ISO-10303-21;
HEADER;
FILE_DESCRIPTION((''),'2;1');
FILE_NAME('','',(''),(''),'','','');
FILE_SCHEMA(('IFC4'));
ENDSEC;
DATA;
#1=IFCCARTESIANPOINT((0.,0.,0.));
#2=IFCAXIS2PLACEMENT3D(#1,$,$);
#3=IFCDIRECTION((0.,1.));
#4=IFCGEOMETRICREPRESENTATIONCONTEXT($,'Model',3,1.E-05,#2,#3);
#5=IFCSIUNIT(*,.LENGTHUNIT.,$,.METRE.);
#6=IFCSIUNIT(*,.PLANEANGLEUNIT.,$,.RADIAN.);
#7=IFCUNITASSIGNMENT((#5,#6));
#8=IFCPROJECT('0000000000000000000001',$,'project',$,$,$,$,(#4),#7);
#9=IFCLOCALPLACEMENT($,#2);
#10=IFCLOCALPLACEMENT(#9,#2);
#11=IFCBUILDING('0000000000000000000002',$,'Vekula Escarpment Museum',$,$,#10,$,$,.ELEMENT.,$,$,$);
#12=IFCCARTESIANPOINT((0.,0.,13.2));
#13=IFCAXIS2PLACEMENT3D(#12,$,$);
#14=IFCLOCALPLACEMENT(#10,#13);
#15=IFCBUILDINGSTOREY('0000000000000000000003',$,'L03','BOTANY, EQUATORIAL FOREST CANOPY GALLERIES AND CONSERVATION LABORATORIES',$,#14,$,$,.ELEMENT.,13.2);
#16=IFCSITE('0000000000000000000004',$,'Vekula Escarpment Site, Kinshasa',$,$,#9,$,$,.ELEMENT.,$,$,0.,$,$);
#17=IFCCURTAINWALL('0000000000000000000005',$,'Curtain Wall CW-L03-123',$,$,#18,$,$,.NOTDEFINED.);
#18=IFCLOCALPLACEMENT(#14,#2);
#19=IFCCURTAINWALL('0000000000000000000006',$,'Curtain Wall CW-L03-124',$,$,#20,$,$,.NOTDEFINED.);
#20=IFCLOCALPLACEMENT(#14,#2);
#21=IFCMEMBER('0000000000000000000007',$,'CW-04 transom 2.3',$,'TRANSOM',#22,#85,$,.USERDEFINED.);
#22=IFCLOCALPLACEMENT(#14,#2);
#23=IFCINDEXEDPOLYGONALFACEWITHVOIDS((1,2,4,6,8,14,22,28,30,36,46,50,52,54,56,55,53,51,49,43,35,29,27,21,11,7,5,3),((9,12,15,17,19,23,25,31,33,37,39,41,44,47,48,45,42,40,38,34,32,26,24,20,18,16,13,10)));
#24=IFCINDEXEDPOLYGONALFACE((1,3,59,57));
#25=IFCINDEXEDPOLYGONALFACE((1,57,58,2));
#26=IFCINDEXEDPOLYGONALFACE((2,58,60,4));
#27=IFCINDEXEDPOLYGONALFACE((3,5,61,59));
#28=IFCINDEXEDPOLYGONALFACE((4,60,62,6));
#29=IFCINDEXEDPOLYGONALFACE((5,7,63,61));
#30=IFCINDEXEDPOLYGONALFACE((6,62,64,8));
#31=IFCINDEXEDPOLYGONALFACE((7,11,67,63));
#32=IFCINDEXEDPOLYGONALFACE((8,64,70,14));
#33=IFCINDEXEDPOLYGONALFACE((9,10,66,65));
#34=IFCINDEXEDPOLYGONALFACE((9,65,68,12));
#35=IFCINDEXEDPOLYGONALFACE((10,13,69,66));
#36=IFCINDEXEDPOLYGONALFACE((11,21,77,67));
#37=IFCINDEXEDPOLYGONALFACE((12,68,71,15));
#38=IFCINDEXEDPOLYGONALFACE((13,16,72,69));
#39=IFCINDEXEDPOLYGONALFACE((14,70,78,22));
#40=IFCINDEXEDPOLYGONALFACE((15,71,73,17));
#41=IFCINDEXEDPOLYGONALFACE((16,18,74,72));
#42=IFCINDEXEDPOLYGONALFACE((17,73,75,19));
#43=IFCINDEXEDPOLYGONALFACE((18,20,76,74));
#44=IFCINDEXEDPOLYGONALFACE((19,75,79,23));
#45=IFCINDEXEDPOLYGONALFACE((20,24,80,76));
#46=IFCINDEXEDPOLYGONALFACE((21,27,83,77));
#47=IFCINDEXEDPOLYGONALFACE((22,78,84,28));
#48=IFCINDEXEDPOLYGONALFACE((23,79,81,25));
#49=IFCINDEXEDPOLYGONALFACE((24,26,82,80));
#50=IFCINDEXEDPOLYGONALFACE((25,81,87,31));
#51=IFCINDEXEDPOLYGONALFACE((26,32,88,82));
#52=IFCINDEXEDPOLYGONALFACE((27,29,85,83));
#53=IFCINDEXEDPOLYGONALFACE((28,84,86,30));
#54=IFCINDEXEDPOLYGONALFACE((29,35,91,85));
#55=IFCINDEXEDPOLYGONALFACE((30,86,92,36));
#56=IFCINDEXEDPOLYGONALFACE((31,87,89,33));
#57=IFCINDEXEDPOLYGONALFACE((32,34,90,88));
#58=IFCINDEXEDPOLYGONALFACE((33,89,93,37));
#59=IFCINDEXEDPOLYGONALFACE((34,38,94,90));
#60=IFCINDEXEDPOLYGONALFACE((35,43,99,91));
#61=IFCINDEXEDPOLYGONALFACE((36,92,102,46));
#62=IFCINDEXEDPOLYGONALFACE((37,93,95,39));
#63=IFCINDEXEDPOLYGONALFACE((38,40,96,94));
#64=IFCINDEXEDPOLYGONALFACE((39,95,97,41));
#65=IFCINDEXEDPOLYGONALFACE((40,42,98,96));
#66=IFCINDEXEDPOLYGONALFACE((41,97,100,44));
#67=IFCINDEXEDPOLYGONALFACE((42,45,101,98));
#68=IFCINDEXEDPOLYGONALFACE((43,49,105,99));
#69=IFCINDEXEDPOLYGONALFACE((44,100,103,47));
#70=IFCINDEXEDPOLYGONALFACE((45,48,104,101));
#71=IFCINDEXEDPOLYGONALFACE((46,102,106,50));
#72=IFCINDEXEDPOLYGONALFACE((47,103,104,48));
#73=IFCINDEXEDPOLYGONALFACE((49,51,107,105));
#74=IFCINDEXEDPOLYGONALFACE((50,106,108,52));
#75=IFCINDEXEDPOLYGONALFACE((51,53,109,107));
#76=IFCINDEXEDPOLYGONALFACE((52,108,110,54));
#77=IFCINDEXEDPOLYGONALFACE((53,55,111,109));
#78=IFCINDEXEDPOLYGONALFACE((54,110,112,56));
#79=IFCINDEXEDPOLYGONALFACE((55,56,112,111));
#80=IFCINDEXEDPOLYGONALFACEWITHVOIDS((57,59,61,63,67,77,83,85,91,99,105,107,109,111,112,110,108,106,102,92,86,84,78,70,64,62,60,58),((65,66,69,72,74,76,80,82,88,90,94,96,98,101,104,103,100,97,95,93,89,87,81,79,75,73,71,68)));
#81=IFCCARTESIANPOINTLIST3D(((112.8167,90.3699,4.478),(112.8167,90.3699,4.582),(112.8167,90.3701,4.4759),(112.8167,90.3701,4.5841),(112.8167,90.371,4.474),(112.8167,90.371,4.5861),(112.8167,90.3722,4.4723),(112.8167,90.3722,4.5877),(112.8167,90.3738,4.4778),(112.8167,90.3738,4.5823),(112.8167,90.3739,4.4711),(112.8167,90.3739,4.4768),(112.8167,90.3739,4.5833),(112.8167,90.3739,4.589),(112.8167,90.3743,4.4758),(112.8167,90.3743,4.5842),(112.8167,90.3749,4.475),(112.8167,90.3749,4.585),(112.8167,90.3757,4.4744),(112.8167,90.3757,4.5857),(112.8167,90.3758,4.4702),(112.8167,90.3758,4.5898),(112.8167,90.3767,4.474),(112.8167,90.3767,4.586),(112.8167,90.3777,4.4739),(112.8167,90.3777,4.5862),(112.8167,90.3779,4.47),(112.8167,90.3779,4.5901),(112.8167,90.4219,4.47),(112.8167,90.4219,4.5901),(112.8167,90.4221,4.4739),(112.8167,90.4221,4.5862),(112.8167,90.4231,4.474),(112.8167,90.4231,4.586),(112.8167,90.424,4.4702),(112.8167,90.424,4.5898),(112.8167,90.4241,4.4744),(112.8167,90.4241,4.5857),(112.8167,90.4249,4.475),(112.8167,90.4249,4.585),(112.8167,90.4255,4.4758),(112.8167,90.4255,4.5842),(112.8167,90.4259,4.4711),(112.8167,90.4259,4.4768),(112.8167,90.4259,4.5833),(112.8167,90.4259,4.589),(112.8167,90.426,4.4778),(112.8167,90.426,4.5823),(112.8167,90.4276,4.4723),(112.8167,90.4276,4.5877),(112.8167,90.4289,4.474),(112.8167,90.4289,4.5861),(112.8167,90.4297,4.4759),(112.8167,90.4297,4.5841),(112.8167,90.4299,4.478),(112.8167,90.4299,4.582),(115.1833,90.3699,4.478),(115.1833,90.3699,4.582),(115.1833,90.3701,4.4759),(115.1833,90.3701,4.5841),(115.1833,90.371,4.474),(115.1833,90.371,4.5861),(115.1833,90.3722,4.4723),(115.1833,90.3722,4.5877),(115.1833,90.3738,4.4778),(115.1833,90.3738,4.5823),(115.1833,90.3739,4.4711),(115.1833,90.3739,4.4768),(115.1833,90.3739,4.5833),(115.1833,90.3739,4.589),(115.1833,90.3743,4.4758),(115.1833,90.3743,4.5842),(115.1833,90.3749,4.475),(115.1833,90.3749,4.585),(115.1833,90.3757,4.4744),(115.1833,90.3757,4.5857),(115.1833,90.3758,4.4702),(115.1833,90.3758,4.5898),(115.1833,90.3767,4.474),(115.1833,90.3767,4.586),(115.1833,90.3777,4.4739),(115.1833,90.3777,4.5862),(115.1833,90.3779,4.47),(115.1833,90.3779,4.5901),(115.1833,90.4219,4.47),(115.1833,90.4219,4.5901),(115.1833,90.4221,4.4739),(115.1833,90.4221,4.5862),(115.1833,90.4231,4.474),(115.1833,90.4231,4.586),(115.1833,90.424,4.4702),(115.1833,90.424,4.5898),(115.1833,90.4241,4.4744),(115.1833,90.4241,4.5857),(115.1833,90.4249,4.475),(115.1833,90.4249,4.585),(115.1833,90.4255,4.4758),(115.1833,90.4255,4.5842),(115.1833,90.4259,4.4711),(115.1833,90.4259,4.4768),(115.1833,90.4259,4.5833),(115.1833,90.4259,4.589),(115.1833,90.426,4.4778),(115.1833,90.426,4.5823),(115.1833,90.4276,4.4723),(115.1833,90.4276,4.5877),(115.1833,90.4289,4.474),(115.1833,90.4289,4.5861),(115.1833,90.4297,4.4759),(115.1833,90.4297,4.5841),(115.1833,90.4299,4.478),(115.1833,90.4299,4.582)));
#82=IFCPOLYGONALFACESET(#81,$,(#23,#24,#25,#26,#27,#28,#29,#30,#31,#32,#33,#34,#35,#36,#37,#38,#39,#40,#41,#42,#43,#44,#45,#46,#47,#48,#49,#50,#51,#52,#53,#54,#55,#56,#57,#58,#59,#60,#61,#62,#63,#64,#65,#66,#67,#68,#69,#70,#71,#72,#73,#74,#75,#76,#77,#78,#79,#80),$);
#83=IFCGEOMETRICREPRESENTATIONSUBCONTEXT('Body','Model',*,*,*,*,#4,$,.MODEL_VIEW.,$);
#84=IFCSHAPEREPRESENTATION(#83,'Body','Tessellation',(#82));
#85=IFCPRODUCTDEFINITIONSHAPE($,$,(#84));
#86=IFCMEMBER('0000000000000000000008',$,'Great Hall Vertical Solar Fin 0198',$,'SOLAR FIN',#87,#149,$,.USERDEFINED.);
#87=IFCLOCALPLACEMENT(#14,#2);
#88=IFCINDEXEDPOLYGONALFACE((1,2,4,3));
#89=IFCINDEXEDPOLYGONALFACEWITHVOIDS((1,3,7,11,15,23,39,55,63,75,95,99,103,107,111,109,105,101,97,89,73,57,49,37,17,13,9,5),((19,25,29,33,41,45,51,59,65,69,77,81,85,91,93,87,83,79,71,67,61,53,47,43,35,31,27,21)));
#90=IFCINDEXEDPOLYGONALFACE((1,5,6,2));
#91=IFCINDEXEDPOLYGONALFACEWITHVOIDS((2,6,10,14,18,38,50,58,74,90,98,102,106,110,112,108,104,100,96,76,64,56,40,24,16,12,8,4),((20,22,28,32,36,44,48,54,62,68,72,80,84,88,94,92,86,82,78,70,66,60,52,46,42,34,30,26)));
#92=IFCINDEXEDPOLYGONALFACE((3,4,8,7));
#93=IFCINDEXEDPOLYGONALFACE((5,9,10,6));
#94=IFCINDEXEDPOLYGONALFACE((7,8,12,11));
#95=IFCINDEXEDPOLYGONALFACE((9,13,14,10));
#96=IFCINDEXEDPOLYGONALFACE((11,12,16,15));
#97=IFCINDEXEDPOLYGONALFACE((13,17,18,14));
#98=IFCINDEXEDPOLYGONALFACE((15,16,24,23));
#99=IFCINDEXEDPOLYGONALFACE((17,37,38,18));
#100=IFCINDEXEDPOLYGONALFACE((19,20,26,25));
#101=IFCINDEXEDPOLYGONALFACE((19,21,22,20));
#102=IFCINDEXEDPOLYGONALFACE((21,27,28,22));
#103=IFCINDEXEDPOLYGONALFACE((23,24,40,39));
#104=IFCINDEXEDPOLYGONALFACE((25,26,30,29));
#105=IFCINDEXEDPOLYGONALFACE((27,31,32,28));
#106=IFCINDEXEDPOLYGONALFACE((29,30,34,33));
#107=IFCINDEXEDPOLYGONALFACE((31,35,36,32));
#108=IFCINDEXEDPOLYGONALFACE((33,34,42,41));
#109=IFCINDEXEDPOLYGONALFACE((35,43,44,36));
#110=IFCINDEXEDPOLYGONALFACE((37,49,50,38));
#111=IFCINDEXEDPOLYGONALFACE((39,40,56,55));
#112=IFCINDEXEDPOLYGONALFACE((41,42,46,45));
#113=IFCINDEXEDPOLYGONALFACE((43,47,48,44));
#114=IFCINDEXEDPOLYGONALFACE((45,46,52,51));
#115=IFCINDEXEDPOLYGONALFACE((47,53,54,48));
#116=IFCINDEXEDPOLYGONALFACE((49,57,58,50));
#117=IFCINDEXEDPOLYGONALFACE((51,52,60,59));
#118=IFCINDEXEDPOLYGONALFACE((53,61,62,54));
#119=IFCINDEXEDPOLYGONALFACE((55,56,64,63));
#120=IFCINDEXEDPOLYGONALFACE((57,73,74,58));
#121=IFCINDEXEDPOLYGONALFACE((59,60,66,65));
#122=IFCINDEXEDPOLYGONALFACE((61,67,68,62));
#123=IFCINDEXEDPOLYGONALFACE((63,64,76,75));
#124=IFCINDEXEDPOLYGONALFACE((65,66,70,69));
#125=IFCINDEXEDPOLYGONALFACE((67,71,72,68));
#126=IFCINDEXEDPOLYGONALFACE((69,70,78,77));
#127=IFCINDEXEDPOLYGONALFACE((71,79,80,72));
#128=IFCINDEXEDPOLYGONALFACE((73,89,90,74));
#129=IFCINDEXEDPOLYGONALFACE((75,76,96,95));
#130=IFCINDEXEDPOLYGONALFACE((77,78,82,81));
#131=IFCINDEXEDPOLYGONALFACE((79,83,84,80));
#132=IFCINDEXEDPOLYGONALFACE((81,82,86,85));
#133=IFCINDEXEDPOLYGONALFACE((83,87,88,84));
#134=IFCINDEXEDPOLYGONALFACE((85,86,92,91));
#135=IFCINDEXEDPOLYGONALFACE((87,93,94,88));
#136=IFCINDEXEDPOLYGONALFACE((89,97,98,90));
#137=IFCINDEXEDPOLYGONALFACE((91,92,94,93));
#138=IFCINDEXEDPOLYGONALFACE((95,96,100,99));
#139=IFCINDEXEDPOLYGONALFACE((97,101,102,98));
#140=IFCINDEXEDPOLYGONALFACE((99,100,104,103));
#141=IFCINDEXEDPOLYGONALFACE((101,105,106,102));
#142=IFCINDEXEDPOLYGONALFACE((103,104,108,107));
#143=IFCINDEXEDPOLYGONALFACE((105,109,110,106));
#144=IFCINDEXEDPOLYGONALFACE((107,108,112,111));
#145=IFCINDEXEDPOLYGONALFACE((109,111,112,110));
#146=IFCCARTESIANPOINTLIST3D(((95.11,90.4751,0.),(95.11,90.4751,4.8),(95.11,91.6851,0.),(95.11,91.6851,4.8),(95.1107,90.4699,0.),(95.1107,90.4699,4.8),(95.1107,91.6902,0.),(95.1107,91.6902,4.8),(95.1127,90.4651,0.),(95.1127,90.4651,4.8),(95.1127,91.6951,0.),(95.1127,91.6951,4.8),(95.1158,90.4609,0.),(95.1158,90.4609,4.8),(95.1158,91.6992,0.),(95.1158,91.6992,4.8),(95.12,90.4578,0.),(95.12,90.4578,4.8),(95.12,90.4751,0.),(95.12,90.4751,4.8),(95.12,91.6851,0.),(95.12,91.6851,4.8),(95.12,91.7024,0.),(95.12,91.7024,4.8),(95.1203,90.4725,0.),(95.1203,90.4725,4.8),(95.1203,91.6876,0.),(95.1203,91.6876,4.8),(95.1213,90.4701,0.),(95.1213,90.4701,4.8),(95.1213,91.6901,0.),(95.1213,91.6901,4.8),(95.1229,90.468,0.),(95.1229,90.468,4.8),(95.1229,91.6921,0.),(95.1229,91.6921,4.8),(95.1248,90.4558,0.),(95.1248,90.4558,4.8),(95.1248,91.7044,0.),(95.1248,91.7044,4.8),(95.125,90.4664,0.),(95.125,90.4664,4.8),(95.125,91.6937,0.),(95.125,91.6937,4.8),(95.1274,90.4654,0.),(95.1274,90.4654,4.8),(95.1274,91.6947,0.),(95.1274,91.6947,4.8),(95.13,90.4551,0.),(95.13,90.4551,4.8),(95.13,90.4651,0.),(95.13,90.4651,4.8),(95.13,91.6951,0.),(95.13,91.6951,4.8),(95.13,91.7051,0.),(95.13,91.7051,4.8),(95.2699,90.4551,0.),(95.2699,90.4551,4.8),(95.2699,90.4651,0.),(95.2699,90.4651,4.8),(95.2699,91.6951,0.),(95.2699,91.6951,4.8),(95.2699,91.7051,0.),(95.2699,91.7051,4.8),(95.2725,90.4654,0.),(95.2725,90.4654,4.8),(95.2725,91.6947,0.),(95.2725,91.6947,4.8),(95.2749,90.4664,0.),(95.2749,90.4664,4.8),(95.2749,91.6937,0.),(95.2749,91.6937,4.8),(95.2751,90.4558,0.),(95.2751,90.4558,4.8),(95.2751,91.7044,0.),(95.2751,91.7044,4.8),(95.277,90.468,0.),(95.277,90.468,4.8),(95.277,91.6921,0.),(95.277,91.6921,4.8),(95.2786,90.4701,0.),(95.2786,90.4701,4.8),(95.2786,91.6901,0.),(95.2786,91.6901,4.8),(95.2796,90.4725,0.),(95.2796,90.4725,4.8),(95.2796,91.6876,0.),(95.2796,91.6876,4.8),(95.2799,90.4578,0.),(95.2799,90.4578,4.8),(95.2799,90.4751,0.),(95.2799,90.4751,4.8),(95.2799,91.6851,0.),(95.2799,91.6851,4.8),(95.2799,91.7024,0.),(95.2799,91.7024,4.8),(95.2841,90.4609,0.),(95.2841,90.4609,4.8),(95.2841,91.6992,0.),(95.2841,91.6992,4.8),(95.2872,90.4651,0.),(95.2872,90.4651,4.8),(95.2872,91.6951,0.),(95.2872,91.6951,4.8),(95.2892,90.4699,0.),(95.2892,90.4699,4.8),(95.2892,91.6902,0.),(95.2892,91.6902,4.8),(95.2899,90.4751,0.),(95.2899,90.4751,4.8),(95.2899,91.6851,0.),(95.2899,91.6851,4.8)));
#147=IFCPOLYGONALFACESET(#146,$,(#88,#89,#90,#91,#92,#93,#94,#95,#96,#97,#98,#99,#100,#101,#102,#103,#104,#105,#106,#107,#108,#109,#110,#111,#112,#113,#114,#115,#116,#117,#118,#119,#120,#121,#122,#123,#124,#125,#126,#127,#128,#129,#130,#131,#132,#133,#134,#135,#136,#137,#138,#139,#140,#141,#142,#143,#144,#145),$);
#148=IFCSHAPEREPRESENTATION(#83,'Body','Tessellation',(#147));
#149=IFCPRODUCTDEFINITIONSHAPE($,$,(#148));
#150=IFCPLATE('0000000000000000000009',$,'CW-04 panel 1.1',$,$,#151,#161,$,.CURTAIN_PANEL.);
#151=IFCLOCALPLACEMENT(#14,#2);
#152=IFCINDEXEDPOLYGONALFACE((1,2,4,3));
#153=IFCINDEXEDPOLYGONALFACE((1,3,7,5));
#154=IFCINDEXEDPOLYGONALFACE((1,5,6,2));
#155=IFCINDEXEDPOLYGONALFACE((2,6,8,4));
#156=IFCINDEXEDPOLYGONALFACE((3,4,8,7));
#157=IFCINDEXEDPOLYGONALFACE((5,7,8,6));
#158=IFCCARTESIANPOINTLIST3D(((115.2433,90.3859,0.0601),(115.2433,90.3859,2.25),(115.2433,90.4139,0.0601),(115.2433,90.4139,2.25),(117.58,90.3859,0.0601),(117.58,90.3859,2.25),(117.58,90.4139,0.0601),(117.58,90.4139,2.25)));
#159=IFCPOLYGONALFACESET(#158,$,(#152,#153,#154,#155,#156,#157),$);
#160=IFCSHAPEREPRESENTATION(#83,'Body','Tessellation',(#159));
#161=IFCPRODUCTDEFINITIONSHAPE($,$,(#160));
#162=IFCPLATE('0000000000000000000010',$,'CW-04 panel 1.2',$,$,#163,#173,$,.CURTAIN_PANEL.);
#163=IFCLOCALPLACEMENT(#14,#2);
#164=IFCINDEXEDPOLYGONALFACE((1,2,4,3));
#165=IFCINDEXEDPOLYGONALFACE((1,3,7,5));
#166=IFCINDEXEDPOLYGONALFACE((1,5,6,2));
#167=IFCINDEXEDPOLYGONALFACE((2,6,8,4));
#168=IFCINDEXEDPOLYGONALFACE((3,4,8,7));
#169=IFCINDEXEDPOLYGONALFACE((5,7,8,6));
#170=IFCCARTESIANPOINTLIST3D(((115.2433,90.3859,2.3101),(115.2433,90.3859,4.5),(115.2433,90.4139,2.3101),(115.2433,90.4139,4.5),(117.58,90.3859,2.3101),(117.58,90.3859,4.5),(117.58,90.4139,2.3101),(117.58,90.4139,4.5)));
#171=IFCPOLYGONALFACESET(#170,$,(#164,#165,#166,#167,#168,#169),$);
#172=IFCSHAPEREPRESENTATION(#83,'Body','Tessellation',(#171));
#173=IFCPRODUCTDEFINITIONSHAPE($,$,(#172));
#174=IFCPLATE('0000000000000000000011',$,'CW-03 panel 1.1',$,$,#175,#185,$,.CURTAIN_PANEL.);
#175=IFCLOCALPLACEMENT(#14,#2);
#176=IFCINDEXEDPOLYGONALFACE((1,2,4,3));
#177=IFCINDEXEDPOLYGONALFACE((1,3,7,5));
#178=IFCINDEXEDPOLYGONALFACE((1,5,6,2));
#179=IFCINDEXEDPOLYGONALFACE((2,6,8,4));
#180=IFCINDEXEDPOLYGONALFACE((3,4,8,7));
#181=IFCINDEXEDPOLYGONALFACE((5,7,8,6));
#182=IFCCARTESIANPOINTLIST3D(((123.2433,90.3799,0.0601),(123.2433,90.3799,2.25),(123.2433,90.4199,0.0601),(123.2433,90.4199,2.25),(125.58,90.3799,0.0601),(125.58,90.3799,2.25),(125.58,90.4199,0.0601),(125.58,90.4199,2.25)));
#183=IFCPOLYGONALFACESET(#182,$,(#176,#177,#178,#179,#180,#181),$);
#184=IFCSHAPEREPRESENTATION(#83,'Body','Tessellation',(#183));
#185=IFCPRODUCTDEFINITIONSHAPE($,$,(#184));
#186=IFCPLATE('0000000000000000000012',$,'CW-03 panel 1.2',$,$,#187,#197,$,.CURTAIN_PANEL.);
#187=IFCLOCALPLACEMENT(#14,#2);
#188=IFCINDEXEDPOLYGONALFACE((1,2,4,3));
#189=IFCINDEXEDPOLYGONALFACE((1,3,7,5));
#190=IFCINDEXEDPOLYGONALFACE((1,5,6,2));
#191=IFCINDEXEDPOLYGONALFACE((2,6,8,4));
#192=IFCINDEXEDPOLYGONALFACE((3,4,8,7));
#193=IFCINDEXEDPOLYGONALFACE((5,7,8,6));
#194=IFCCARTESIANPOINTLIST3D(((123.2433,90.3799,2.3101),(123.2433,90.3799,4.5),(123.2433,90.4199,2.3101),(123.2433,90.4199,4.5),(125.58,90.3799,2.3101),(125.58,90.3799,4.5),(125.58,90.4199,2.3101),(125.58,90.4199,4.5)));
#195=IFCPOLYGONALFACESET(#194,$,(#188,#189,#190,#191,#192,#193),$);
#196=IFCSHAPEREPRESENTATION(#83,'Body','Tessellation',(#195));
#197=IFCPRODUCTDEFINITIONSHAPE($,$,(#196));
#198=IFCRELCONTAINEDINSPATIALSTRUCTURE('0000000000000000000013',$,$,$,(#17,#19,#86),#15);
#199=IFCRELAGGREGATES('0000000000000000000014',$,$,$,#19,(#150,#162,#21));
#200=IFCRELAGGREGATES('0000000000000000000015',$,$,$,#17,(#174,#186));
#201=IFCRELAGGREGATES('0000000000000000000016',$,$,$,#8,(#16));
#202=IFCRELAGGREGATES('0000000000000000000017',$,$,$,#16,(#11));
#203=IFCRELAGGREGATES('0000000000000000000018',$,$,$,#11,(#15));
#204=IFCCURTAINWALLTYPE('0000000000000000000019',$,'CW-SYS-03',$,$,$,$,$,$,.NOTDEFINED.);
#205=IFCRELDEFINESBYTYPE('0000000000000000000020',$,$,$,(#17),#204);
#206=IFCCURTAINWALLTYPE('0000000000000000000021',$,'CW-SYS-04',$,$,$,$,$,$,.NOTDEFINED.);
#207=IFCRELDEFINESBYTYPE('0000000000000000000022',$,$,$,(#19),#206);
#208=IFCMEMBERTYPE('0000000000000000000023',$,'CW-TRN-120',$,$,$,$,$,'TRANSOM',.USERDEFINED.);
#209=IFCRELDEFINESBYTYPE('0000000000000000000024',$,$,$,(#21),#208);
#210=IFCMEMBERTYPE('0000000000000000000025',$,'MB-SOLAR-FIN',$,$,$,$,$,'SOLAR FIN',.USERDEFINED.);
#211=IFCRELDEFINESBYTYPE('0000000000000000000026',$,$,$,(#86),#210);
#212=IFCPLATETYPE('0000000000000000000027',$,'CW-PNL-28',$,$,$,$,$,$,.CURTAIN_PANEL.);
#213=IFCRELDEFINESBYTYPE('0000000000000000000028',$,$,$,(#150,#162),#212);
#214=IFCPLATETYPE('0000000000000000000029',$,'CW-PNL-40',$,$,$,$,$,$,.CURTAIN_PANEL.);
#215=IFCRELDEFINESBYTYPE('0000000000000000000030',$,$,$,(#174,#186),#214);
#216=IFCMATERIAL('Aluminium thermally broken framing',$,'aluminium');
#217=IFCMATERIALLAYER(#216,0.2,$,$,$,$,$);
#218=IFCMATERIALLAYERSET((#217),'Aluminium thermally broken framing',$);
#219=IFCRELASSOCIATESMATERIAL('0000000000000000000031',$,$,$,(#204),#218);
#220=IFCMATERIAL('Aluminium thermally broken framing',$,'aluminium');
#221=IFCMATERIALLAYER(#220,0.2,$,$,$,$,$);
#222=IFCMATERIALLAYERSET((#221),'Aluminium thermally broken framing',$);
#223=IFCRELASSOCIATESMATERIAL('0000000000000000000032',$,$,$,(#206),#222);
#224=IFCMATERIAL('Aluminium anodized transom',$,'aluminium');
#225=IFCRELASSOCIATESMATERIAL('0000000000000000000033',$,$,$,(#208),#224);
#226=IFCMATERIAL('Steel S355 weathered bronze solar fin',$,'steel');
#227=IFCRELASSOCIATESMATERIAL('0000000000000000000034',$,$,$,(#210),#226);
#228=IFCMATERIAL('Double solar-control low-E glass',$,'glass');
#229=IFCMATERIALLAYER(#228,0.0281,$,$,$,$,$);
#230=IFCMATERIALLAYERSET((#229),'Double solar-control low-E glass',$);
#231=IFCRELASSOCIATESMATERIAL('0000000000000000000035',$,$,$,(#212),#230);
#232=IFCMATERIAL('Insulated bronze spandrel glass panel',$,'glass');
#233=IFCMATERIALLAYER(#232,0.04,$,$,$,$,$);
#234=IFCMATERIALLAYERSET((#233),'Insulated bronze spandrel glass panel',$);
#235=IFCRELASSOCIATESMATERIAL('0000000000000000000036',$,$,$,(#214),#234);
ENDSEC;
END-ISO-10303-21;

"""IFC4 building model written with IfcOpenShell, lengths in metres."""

from ifc_helpers import new_model, si_unit, direction, frame, origin, origin_2d, place, context, subcontext, project, spatial, rectangle, hollow_rectangle, extrude, material, layer, layer_set, material_profile, profile_set, type_object, element, aggregate, save


model = new_model("IFC4")

# Units and contexts
model_context = context("Model", 3, precision=1e-05, world=origin(), true_north=direction((0.0, 1.0)))
body_context = subcontext(model_context, "Body", "Model", "MODEL_VIEW")
ifc_project = project(units=[si_unit("LENGTHUNIT", "METRE"), si_unit("PLANEANGLEUNIT", "RADIAN")], contexts=[model_context])

# Site, building, storey
site_placement = place(None, origin())
site = spatial("IfcSite", under=ifc_project, at=site_placement, Name="Vekula Escarpment Site, Kinshasa", CompositionType="ELEMENT", RefElevation=0.0)
building_placement = place(site_placement, origin())
building = spatial("IfcBuilding", under=site, at=building_placement, Name="Vekula Escarpment Museum", CompositionType="ELEMENT")
storey_placement = place(building_placement, frame((0.0, 0.0, 13.2)))
storey = spatial("IfcBuildingStorey", under=building, at=storey_placement, Name="L03", Description="BOTANY, EQUATORIAL FOREST CANOPY GALLERIES AND CONSERVATION LABORATORIES", CompositionType="ELEMENT", Elevation=13.2)

# Curtain walls
ifc_material_1 = material(Name="Aluminium thermally broken framing", Category="aluminium")
ifc_layer_1 = layer(ifc_material_1, 0.2)
ifc_layer_set_1 = layer_set([ifc_layer_1], Name="Aluminium thermally broken framing")
curtain_wall_type_1 = type_object("IfcCurtainWallType", Name="CW-SYS-03", PredefinedType="NOTDEFINED", material=ifc_layer_set_1)
curtain_wall_1_placement = place(storey_placement, origin())
curtain_wall_1 = element("IfcCurtainWall", 1, at=curtain_wall_1_placement, inside=storey, type_object=curtain_wall_type_1, Name="Curtain Wall CW-L03-123", PredefinedType="NOTDEFINED")
ifc_material_2 = material(Name="Aluminium thermally broken framing", Category="aluminium")
ifc_layer_2 = layer(ifc_material_2, 0.2)
ifc_layer_set_2 = layer_set([ifc_layer_2], Name="Aluminium thermally broken framing")
curtain_wall_type_2 = type_object("IfcCurtainWallType", Name="CW-SYS-04", PredefinedType="NOTDEFINED", material=ifc_layer_set_2)
curtain_wall_2_placement = place(storey_placement, origin())
curtain_wall_2 = element("IfcCurtainWall", 2, at=curtain_wall_2_placement, inside=storey, type_object=curtain_wall_type_2, Name="Curtain Wall CW-L03-124", PredefinedType="NOTDEFINED")

# Members
ifc_material_3 = material(Name="Aluminium anodized transom", Category="aluminium")
ifc_material_profile_1 = material_profile(ifc_material_3, hollow_rectangle(XDim=0.0601, YDim=0.1201, WallThickness=0.0039, InnerFilletRadius=0.0039, OuterFilletRadius=0.0081, at=origin_2d()), Name="ALU 120x60x4")
ifc_profile_set_1 = profile_set([ifc_material_profile_1], Name="Aluminium anodized transom")
member_type_1 = type_object("IfcMemberType", Name="CW-TRN-120", ElementType="TRANSOM", PredefinedType="USERDEFINED", material=ifc_profile_set_1)
member_1_placement = place(storey_placement, frame((115.1833, 90.3999, 4.53), z_axis=(-1.0, 0.0, 0.0), x_axis=(0.0, -1.0, 0.0)))
member_1 = element("IfcMember", 3, at=member_1_placement, type_object=member_type_1, Name="CW-04 transom 2.3", ObjectType="TRANSOM", PredefinedType="USERDEFINED", context=body_context, shape_type="SweptSolid", body=[
    extrude(hollow_rectangle(XDim=0.0601, YDim=0.1201, WallThickness=0.0039, InnerFilletRadius=0.0039, OuterFilletRadius=0.0081, at=origin_2d()), origin(), (0.0, 0.0, 1.0), 2.3667),
])
ifc_material_4 = material(Name="Steel S355 weathered bronze solar fin", Category="steel")
ifc_material_profile_2 = material_profile(ifc_material_4, hollow_rectangle(XDim=0.1799, YDim=1.25, WallThickness=0.01, InnerFilletRadius=0.01, OuterFilletRadius=0.02, at=origin_2d()), Name="RHS 1250x180x10")
ifc_profile_set_2 = profile_set([ifc_material_profile_2], Name="Steel S355 weathered bronze solar fin")
member_type_2 = type_object("IfcMemberType", Name="MB-SOLAR-FIN", ElementType="SOLAR FIN", PredefinedType="USERDEFINED", material=ifc_profile_set_2)
member_2_placement = place(storey_placement, frame((95.2, 91.0801, 0.0), z_axis=(0.0, 0.0, 1.0), x_axis=(1.0, 0.0, 0.0)))
element("IfcMember", 4, at=member_2_placement, inside=storey, type_object=member_type_2, Name="Great Hall Vertical Solar Fin 0198", ObjectType="SOLAR FIN", PredefinedType="USERDEFINED", context=body_context, shape_type="SweptSolid", body=[
    extrude(hollow_rectangle(XDim=0.1799, YDim=1.25, WallThickness=0.01, InnerFilletRadius=0.01, OuterFilletRadius=0.02, at=origin_2d()), origin(), (0.0, 0.0, 1.0), 4.8),
])

# Plates
ifc_material_5 = material(Name="Double solar-control low-E glass", Category="glass")
ifc_layer_3 = layer(ifc_material_5, 0.0281)
ifc_layer_set_3 = layer_set([ifc_layer_3], Name="Double solar-control low-E glass")
plate_type_1 = type_object("IfcPlateType", Name="CW-PNL-28", PredefinedType="CURTAIN_PANEL", material=ifc_layer_set_3)
plate_1_placement = place(storey_placement, frame((116.4116, 90.3999, 0.0601), z_axis=(0.0, 0.0, 1.0), x_axis=(-1.0, 0.0, 0.0)))
plate_1 = element("IfcPlate", 5, at=plate_1_placement, type_object=plate_type_1, Name="CW-04 panel 1.1", PredefinedType="CURTAIN_PANEL", context=body_context, shape_type="SweptSolid", body=[
    extrude(rectangle(XDim=2.3367, YDim=0.0281, at=origin_2d()), origin(), (0.0, 0.0, 1.0), 2.1899),
])
plate_2_placement = place(storey_placement, frame((116.4116, 90.3999, 2.3101), z_axis=(0.0, 0.0, 1.0), x_axis=(-1.0, 0.0, 0.0)))
plate_2 = element("IfcPlate", 6, at=plate_2_placement, type_object=plate_type_1, Name="CW-04 panel 1.2", PredefinedType="CURTAIN_PANEL", context=body_context, shape_type="SweptSolid", body=[
    extrude(rectangle(XDim=2.3367, YDim=0.0281, at=origin_2d()), origin(), (0.0, 0.0, 1.0), 2.1899),
])
aggregate(curtain_wall_2, [plate_1, plate_2, member_1])
ifc_material_6 = material(Name="Insulated bronze spandrel glass panel", Category="glass")
ifc_layer_4 = layer(ifc_material_6, 0.04)
ifc_layer_set_4 = layer_set([ifc_layer_4], Name="Insulated bronze spandrel glass panel")
plate_type_2 = type_object("IfcPlateType", Name="CW-PNL-40", PredefinedType="CURTAIN_PANEL", material=ifc_layer_set_4)
plate_3_placement = place(storey_placement, frame((124.4116, 90.3999, 0.0601), z_axis=(0.0, 0.0, 1.0), x_axis=(-1.0, 0.0, 0.0)))
plate_3 = element("IfcPlate", 7, at=plate_3_placement, type_object=plate_type_2, Name="CW-03 panel 1.1", PredefinedType="CURTAIN_PANEL", context=body_context, shape_type="SweptSolid", body=[
    extrude(rectangle(XDim=2.3367, YDim=0.04, at=origin_2d()), origin(), (0.0, 0.0, 1.0), 2.1899),
])
plate_4_placement = place(storey_placement, frame((124.4116, 90.3999, 2.3101), z_axis=(0.0, 0.0, 1.0), x_axis=(-1.0, 0.0, 0.0)))
plate_4 = element("IfcPlate", 8, at=plate_4_placement, type_object=plate_type_2, Name="CW-03 panel 1.2", PredefinedType="CURTAIN_PANEL", context=body_context, shape_type="SweptSolid", body=[
    extrude(rectangle(XDim=2.3367, YDim=0.04, at=origin_2d()), origin(), (0.0, 0.0, 1.0), 2.1899),
])
aggregate(curtain_wall_1, [plate_3, plate_4])

save(model, "model.ifc")
